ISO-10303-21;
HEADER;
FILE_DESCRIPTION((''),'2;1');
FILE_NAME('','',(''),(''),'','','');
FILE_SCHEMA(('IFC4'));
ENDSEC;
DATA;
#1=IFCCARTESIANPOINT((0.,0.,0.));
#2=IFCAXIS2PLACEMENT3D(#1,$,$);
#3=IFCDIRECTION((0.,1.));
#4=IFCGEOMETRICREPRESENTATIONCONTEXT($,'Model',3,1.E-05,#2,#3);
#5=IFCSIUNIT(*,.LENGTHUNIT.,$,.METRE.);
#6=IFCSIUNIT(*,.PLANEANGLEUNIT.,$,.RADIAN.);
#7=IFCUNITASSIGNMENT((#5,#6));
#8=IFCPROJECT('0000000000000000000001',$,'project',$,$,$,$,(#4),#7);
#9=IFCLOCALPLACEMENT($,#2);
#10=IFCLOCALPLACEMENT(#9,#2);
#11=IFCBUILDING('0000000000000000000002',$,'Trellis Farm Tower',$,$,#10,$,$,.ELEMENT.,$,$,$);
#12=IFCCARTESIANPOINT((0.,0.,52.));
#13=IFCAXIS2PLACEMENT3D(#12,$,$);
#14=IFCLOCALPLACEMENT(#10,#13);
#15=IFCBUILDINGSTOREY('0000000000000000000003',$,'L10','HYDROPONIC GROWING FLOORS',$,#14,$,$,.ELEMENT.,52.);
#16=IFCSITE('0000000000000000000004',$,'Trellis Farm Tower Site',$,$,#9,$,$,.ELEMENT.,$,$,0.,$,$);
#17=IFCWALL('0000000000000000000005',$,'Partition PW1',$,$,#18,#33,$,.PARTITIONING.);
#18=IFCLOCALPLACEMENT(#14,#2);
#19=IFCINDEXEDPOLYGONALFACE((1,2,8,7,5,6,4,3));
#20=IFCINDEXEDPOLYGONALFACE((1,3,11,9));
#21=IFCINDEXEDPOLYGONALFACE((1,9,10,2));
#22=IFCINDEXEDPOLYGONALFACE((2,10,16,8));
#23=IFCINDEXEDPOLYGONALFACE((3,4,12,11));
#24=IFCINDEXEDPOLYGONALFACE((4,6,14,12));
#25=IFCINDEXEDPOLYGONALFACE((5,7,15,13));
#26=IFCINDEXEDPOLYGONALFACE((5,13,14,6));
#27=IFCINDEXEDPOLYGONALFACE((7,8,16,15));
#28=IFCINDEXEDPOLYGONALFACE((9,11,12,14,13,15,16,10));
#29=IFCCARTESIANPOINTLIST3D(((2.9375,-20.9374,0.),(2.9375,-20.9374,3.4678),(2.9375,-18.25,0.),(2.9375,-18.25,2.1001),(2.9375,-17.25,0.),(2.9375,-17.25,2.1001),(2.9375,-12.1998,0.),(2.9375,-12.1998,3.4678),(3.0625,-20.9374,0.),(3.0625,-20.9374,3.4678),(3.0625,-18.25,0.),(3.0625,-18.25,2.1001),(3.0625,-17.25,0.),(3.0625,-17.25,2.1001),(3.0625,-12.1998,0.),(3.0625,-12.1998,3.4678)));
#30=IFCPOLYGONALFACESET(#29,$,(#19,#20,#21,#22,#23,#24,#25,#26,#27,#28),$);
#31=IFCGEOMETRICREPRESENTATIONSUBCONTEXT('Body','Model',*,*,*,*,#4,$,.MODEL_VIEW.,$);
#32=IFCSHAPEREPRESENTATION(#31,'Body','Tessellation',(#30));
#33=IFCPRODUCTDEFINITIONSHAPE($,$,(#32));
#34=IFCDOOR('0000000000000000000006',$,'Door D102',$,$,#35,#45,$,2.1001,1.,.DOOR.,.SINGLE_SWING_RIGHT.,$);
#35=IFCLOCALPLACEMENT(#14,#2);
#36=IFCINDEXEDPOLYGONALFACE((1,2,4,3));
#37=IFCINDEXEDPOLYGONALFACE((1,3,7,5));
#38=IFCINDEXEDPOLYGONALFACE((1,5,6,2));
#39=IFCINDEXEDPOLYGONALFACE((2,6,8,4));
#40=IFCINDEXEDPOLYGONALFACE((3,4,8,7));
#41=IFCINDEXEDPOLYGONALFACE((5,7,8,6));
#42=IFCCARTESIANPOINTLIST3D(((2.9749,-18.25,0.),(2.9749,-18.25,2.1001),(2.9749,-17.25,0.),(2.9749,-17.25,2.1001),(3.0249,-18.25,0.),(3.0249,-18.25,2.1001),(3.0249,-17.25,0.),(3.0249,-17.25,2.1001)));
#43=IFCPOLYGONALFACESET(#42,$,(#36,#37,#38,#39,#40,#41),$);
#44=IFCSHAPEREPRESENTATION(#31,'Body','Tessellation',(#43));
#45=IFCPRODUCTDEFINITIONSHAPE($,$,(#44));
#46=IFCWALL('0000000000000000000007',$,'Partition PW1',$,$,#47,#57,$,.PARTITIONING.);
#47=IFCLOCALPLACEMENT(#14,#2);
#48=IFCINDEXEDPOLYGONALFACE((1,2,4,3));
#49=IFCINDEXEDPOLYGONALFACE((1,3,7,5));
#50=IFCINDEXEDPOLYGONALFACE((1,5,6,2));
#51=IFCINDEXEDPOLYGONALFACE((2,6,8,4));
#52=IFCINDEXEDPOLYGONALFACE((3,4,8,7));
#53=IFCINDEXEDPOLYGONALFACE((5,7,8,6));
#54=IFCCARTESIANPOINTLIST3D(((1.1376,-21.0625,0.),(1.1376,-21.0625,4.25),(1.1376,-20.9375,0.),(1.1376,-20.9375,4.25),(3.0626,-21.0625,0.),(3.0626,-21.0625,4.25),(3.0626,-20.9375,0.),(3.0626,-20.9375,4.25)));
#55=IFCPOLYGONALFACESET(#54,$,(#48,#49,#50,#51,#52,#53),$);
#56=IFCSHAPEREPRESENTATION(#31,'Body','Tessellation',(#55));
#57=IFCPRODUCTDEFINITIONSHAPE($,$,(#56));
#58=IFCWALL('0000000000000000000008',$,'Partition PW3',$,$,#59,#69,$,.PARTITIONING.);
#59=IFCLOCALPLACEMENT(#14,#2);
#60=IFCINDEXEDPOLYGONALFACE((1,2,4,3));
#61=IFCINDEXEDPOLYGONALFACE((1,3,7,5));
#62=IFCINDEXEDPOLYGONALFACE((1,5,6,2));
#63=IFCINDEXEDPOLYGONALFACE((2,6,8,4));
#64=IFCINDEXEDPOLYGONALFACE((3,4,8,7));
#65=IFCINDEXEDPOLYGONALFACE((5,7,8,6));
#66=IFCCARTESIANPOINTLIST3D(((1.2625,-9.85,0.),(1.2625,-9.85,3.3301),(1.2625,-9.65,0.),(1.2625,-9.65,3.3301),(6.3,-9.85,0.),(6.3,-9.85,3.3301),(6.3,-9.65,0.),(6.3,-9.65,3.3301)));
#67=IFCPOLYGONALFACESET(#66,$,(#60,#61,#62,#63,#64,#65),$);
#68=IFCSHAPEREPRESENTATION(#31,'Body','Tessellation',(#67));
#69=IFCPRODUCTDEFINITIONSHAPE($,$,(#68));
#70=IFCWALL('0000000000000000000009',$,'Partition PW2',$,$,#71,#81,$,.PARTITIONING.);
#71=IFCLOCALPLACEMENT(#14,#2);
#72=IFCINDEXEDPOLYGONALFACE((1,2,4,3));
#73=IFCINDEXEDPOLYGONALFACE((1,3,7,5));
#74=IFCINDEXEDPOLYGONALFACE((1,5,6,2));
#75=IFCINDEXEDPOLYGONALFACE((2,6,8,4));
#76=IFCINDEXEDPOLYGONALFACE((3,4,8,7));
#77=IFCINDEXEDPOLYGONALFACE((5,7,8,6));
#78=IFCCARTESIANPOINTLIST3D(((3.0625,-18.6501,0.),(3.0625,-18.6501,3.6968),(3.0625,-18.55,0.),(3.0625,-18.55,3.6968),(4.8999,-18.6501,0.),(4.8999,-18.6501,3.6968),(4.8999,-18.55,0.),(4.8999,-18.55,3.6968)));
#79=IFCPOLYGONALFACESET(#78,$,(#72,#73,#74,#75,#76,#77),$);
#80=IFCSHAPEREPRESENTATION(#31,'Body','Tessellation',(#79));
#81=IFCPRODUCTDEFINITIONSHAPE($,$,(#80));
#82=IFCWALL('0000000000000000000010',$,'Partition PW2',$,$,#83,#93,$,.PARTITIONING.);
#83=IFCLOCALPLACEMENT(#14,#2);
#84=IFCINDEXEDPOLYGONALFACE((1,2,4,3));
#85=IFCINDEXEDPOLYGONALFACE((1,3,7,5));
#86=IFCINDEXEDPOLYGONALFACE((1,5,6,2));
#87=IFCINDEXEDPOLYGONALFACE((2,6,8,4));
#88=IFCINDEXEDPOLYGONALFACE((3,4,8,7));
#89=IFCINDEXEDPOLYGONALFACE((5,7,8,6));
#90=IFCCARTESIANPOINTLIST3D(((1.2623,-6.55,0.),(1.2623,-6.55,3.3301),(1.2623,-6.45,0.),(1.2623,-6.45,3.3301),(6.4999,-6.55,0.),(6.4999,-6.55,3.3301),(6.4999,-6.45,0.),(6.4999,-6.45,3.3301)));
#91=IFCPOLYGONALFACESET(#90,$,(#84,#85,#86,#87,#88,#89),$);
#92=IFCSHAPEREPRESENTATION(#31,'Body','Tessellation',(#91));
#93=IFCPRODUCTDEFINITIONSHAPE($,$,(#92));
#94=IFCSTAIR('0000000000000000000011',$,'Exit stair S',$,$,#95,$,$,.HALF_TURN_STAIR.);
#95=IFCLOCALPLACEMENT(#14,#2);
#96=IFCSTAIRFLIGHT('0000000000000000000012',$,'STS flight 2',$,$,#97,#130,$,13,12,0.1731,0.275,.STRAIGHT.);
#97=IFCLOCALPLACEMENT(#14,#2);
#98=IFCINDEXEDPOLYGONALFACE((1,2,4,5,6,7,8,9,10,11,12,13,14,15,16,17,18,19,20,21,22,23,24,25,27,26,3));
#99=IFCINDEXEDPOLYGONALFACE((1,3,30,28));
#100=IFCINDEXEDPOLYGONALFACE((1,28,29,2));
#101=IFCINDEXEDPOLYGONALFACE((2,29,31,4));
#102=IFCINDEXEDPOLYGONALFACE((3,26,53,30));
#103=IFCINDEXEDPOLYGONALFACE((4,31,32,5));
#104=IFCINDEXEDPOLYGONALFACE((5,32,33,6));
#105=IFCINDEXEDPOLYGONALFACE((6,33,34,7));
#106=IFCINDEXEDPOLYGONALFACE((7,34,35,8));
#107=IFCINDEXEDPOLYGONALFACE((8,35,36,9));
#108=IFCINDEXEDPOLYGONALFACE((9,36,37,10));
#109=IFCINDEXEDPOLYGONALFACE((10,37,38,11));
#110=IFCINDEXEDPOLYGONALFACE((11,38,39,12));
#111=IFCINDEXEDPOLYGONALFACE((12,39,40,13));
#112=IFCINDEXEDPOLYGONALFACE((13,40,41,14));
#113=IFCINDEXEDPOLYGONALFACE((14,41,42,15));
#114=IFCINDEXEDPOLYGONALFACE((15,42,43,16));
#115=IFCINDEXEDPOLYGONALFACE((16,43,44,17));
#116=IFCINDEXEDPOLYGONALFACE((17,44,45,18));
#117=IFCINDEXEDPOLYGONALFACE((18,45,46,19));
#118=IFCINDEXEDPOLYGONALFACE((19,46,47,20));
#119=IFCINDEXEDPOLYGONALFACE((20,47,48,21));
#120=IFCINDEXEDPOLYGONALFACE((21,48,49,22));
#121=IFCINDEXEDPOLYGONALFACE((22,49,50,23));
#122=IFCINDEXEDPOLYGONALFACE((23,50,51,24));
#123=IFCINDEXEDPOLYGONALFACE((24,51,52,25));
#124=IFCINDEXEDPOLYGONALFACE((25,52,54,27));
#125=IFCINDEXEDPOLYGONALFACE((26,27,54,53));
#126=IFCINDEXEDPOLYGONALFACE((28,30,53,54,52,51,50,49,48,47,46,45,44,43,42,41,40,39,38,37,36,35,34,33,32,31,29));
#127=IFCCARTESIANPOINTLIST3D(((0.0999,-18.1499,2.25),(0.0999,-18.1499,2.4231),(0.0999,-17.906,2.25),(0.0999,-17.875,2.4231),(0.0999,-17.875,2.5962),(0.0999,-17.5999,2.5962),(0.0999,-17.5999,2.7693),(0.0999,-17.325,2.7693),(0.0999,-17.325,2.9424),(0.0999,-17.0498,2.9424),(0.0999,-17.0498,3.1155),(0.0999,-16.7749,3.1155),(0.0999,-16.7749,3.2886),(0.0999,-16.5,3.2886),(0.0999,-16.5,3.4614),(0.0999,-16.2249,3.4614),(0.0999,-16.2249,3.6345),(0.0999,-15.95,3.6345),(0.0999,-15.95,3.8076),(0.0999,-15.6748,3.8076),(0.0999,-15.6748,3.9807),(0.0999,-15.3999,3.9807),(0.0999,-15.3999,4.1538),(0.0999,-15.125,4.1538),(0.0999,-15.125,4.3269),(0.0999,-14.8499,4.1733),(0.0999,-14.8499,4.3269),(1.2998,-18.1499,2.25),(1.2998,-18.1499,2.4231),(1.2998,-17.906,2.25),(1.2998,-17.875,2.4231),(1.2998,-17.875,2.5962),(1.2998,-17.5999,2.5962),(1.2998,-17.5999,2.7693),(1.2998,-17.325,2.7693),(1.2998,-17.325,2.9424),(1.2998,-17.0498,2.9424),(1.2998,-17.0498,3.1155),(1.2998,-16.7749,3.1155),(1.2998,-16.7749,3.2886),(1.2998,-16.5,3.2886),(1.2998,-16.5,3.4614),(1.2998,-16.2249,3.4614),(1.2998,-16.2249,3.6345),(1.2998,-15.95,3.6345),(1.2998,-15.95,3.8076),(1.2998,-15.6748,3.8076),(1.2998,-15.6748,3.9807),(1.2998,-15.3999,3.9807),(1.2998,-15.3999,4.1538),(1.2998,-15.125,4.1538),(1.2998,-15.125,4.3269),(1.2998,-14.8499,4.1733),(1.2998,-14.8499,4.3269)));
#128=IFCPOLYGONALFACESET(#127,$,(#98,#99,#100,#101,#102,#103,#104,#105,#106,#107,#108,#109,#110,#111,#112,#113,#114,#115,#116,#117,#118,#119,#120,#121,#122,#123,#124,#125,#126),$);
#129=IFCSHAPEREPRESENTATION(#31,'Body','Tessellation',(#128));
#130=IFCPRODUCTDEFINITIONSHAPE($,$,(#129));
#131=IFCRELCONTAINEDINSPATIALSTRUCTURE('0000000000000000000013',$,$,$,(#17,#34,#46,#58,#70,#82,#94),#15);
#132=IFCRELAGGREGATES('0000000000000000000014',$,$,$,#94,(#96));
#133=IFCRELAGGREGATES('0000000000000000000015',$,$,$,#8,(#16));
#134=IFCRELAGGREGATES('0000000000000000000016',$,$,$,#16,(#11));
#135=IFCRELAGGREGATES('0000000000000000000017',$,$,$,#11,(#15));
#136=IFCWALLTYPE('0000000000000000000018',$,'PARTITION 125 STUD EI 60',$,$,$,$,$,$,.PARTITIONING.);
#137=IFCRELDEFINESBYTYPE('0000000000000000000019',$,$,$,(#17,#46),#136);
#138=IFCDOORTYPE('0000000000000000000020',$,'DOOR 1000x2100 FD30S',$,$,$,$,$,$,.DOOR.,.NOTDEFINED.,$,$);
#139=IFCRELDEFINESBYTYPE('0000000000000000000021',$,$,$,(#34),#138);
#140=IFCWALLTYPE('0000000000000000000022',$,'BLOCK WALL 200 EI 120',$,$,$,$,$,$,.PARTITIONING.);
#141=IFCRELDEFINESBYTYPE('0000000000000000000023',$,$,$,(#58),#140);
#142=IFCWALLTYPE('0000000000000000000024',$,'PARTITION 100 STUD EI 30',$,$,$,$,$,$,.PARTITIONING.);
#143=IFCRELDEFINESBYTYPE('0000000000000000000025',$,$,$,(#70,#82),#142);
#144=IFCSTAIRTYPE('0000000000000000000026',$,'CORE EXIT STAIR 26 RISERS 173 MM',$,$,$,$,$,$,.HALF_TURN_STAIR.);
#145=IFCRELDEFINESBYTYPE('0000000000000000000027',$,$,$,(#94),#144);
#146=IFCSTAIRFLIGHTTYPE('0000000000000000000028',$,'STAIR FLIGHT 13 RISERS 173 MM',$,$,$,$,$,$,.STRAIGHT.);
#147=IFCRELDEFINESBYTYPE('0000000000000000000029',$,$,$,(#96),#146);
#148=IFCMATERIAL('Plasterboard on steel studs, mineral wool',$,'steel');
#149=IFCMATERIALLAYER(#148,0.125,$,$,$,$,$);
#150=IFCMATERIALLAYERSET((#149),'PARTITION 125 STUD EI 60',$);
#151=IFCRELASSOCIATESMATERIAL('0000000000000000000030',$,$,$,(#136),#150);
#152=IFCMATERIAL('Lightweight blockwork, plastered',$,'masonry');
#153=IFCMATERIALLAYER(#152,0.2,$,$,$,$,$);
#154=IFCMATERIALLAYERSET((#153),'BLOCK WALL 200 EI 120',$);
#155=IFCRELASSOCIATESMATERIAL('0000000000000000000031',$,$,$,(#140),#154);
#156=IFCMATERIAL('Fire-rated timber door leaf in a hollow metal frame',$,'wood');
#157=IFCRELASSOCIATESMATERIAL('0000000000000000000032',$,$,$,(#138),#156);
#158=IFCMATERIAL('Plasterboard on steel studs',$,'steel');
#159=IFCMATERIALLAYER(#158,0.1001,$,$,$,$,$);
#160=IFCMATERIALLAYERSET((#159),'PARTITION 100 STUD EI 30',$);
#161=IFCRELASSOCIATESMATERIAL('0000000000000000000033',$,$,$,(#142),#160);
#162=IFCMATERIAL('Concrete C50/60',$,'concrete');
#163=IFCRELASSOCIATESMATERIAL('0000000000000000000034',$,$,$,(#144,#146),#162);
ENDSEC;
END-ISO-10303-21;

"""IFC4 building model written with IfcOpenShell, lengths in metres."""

from ifc_helpers import new_model, si_unit, direction, frame, frame_2d, origin, place, context, subcontext, project, spatial, polyline, rectangle, outline, extrude, source, transform, mapped, material, layer, layer_set, type_object, element, fill, aggregate, save


model = new_model("IFC4")

# Units and contexts
model_context = context("Model", 3, precision=1e-05, world=origin(), true_north=direction((0.0, 1.0)))
body_context = subcontext(model_context, "Body", "Model", "MODEL_VIEW")
ifc_project = project(units=[si_unit("LENGTHUNIT", "METRE"), si_unit("PLANEANGLEUNIT", "RADIAN")], contexts=[model_context])

# Site, building, storey
site_placement = place(None, origin())
site = spatial("IfcSite", under=ifc_project, at=site_placement, Name="Trellis Farm Tower Site", CompositionType="ELEMENT", RefElevation=0.0)
building_placement = place(site_placement, origin())
building = spatial("IfcBuilding", under=site, at=building_placement, Name="Trellis Farm Tower", CompositionType="ELEMENT")
storey_placement = place(building_placement, frame((0.0, 0.0, 52.0)))
storey = spatial("IfcBuildingStorey", under=building, at=storey_placement, Name="L10", Description="HYDROPONIC GROWING FLOORS", CompositionType="ELEMENT", Elevation=52.0)

# Shared definitions
placement = place(storey_placement, origin())

# Shared definitions
ifc_material_1 = material(Name="Plasterboard on steel studs, mineral wool", Category="steel")
ifc_layer_1 = layer(ifc_material_1, 0.125)
ifc_layer_set_1 = layer_set([ifc_layer_1], Name="PARTITION 125 STUD EI 60")
wall_type_1 = type_object("IfcWallType", Name="PARTITION 125 STUD EI 60", PredefinedType="PARTITIONING", material=ifc_layer_set_1)
ifc_material_2 = material(Name="Lightweight blockwork, plastered", Category="masonry")
ifc_layer_2 = layer(ifc_material_2, 0.2)
ifc_layer_set_2 = layer_set([ifc_layer_2], Name="BLOCK WALL 200 EI 120")
wall_type_2 = type_object("IfcWallType", Name="BLOCK WALL 200 EI 120", PredefinedType="PARTITIONING", material=ifc_layer_set_2)

# Shared definitions
shared_shape_1 = source(origin(), body_context, "Body", "SweptSolid", [
    extrude(rectangle(XDim=1.0, YDim=2.1001, at=frame_2d((0.5, 1.05))), frame((0.0, 0.0725, 0.0), z_axis=(0.0, -1.0, 0.0), x_axis=(1.0, 0.0, 0.0)), (0.0, 0.0, 1.0), 0.145),
])
ifc_material_3 = material(Name="Fire-rated timber door leaf in a hollow metal frame", Category="wood")
door_type_1 = type_object("IfcDoorType", Name="DOOR 1000x2100 FD30S", OperationType="NOTDEFINED", PredefinedType="DOOR", material=ifc_material_3)
shared_shape_2 = source(origin(), body_context, "Body", "SweptSolid", [
    extrude(rectangle(XDim=1.0, YDim=2.1001, at=frame_2d((0.5, 1.05))), frame((0.0, 0.0249, 0.0), z_axis=(0.0, -1.0, 0.0), x_axis=(1.0, 0.0, 0.0)), (0.0, 0.0, 1.0), 0.05),
])

# Wall, opening, door
shared_shape_3 = source(origin(), body_context, "Body", "SweptSolid", [
    extrude(rectangle(XDim=8.7375, YDim=0.125, at=frame_2d((4.3687, 0.0))), origin(), (0.0, 0.0, 1.0), 3.4678),
])
wall_1_placement = place(storey_placement, frame((3.0, -12.2, 0.0), z_axis=(0.0, 0.0, 1.0), x_axis=(0.0, -1.0, 0.0)))
wall_1 = element("IfcWall", 1, at=wall_1_placement, inside=storey, type_object=wall_type_1, Name="Partition PW1", PredefinedType="PARTITIONING", context=body_context, shape_type="MappedRepresentation", body=[
    mapped(shared_shape_3, transform((0.0, 0.0, 0.0))),
])
opening_1_placement = place(wall_1_placement, frame((5.05, 0.0, 0.0)))
opening_1 = element("IfcOpeningElement", 2, at=opening_1_placement, cuts=wall_1, PredefinedType="OPENING", context=body_context, shape_type="MappedRepresentation", body=[
    mapped(shared_shape_1, transform((0.0, 0.0, 0.0))),
])
door_1_placement = place(opening_1_placement, origin())
door_1 = element("IfcDoor", 3, at=door_1_placement, inside=storey, type_object=door_type_1, Name="Door D102", OperationType="SINGLE_SWING_RIGHT", OverallHeight=2.1001, OverallWidth=1.0, PredefinedType="DOOR", context=body_context, shape_type="MappedRepresentation", body=[
    mapped(shared_shape_2, transform((0.0, 0.0, 0.0))),
])
fill(opening_1, door_1)

# Walls
shared_shape_4 = source(origin(), body_context, "Body", "SweptSolid", [
    extrude(rectangle(XDim=1.925, YDim=0.125, at=frame_2d((0.9624, 0.0))), origin(), (0.0, 0.0, 1.0), 4.25),
])
wall_2_placement = place(storey_placement, frame((3.0625, -21.0, 0.0), z_axis=(0.0, 0.0, 1.0), x_axis=(-1.0, 0.0, 0.0)))
element("IfcWall", 4, at=wall_2_placement, inside=storey, type_object=wall_type_1, Name="Partition PW1", PredefinedType="PARTITIONING", context=body_context, shape_type="MappedRepresentation", body=[
    mapped(shared_shape_4, transform((0.0, 0.0, 0.0))),
])
shared_shape_5 = source(origin(), body_context, "Body", "SweptSolid", [
    extrude(rectangle(XDim=5.0376, YDim=0.2, at=frame_2d((2.5188, 0.0))), origin(), (0.0, 0.0, 1.0), 3.3301),
])
wall_3_placement = place(storey_placement, frame((1.2625, -9.75, 0.0), z_axis=(0.0, 0.0, 1.0), x_axis=(1.0, 0.0, 0.0)))
element("IfcWall", 5, at=wall_3_placement, inside=storey, type_object=wall_type_2, Name="Partition PW3", PredefinedType="PARTITIONING", context=body_context, shape_type="MappedRepresentation", body=[
    mapped(shared_shape_5, transform((0.0, 0.0, 0.0))),
])
ifc_material_4 = material(Name="Plasterboard on steel studs", Category="steel")
ifc_layer_3 = layer(ifc_material_4, 0.1001)
ifc_layer_set_3 = layer_set([ifc_layer_3], Name="PARTITION 100 STUD EI 30")
wall_type_3 = type_object("IfcWallType", Name="PARTITION 100 STUD EI 30", PredefinedType="PARTITIONING", material=ifc_layer_set_3)
shared_shape_6 = source(origin(), body_context, "Body", "SweptSolid", [
    extrude(rectangle(XDim=1.8374, YDim=0.1001, at=frame_2d((0.9187, 0.0))), origin(), (0.0, 0.0, 1.0), 3.6968),
])
wall_4_placement = place(storey_placement, frame((3.0625, -18.6001, 0.0), z_axis=(0.0, 0.0, 1.0), x_axis=(1.0, 0.0, 0.0)))
element("IfcWall", 6, at=wall_4_placement, inside=storey, type_object=wall_type_3, Name="Partition PW2", PredefinedType="PARTITIONING", context=body_context, shape_type="MappedRepresentation", body=[
    mapped(shared_shape_6, transform((0.0, 0.0, 0.0))),
])
shared_shape_7 = source(origin(), body_context, "Body", "SweptSolid", [
    extrude(rectangle(XDim=5.2375, YDim=0.1001, at=frame_2d((2.6187, 0.0))), origin(), (0.0, 0.0, 1.0), 3.3301),
])
wall_5_placement = place(storey_placement, frame((1.2625, -6.5, 0.0), z_axis=(0.0, 0.0, 1.0), x_axis=(1.0, 0.0, 0.0)))
element("IfcWall", 7, at=wall_5_placement, inside=storey, type_object=wall_type_3, Name="Partition PW2", PredefinedType="PARTITIONING", context=body_context, shape_type="MappedRepresentation", body=[
    mapped(shared_shape_7, transform((0.0, 0.0, 0.0))),
])

# Stair, stair flight
ifc_material_5 = material(Name="Concrete C50/60", Category="concrete")
stair_type = type_object("IfcStairType", Name="CORE EXIT STAIR 26 RISERS 173 MM", PredefinedType="HALF_TURN_STAIR", material=ifc_material_5)
stair = element("IfcStair", 8, at=placement, inside=storey, type_object=stair_type, Name="Exit stair S", PredefinedType="HALF_TURN_STAIR")
stair_flight_type = type_object("IfcStairFlightType", Name="STAIR FLIGHT 13 RISERS 173 MM", PredefinedType="STRAIGHT", material=ifc_material_5)
shared_shape_8 = source(origin(), body_context, "Body", "SweptSolid", [
    extrude(outline(polyline([(0.0, 0.0), (0.0, 0.1731), (0.2749, 0.1731), (0.2749, 0.3462), (0.55, 0.3462), (0.55, 0.5193), (0.825, 0.5193), (0.825, 0.6924), (1.1001, 0.6924), (1.1001, 0.8655), (1.375, 0.8655), (1.375, 1.0386), (1.6499, 1.0386), (1.6499, 1.2114), (1.925, 1.2114), (1.925, 1.3845), (2.2, 1.3845), (2.2, 1.5576), (2.4751, 1.5576), (2.4751, 1.7307), (2.75, 1.7307), (2.75, 1.9038), (3.0249, 1.9038), (3.0249, 2.0769), (3.3, 2.0769), (3.3, 2.25), (3.3, 1.9233), (0.2439, 0.0), (0.0, 0.0)])), frame((0.0, 0.6001, 0.0), z_axis=(0.0, -1.0, 0.0), x_axis=(1.0, 0.0, 0.0)), (0.0, 0.0, 1.0), 1.2),
])
stair_flight_placement = place(storey_placement, frame((0.7, -18.1499, 2.25), z_axis=(0.0, 0.0, 1.0), x_axis=(0.0, 1.0, 0.0)))
stair_flight = element("IfcStairFlight", 9, at=stair_flight_placement, type_object=stair_flight_type, Name="STS flight 2", NumberOfRisers=13, NumberOfTreads=12, PredefinedType="STRAIGHT", RiserHeight=0.1731, TreadLength=0.275, context=body_context, shape_type="MappedRepresentation", body=[
    mapped(shared_shape_8, transform((0.0, 0.0, 0.0))),
])
aggregate(stair, [stair_flight])

save(model, "model.ifc")
